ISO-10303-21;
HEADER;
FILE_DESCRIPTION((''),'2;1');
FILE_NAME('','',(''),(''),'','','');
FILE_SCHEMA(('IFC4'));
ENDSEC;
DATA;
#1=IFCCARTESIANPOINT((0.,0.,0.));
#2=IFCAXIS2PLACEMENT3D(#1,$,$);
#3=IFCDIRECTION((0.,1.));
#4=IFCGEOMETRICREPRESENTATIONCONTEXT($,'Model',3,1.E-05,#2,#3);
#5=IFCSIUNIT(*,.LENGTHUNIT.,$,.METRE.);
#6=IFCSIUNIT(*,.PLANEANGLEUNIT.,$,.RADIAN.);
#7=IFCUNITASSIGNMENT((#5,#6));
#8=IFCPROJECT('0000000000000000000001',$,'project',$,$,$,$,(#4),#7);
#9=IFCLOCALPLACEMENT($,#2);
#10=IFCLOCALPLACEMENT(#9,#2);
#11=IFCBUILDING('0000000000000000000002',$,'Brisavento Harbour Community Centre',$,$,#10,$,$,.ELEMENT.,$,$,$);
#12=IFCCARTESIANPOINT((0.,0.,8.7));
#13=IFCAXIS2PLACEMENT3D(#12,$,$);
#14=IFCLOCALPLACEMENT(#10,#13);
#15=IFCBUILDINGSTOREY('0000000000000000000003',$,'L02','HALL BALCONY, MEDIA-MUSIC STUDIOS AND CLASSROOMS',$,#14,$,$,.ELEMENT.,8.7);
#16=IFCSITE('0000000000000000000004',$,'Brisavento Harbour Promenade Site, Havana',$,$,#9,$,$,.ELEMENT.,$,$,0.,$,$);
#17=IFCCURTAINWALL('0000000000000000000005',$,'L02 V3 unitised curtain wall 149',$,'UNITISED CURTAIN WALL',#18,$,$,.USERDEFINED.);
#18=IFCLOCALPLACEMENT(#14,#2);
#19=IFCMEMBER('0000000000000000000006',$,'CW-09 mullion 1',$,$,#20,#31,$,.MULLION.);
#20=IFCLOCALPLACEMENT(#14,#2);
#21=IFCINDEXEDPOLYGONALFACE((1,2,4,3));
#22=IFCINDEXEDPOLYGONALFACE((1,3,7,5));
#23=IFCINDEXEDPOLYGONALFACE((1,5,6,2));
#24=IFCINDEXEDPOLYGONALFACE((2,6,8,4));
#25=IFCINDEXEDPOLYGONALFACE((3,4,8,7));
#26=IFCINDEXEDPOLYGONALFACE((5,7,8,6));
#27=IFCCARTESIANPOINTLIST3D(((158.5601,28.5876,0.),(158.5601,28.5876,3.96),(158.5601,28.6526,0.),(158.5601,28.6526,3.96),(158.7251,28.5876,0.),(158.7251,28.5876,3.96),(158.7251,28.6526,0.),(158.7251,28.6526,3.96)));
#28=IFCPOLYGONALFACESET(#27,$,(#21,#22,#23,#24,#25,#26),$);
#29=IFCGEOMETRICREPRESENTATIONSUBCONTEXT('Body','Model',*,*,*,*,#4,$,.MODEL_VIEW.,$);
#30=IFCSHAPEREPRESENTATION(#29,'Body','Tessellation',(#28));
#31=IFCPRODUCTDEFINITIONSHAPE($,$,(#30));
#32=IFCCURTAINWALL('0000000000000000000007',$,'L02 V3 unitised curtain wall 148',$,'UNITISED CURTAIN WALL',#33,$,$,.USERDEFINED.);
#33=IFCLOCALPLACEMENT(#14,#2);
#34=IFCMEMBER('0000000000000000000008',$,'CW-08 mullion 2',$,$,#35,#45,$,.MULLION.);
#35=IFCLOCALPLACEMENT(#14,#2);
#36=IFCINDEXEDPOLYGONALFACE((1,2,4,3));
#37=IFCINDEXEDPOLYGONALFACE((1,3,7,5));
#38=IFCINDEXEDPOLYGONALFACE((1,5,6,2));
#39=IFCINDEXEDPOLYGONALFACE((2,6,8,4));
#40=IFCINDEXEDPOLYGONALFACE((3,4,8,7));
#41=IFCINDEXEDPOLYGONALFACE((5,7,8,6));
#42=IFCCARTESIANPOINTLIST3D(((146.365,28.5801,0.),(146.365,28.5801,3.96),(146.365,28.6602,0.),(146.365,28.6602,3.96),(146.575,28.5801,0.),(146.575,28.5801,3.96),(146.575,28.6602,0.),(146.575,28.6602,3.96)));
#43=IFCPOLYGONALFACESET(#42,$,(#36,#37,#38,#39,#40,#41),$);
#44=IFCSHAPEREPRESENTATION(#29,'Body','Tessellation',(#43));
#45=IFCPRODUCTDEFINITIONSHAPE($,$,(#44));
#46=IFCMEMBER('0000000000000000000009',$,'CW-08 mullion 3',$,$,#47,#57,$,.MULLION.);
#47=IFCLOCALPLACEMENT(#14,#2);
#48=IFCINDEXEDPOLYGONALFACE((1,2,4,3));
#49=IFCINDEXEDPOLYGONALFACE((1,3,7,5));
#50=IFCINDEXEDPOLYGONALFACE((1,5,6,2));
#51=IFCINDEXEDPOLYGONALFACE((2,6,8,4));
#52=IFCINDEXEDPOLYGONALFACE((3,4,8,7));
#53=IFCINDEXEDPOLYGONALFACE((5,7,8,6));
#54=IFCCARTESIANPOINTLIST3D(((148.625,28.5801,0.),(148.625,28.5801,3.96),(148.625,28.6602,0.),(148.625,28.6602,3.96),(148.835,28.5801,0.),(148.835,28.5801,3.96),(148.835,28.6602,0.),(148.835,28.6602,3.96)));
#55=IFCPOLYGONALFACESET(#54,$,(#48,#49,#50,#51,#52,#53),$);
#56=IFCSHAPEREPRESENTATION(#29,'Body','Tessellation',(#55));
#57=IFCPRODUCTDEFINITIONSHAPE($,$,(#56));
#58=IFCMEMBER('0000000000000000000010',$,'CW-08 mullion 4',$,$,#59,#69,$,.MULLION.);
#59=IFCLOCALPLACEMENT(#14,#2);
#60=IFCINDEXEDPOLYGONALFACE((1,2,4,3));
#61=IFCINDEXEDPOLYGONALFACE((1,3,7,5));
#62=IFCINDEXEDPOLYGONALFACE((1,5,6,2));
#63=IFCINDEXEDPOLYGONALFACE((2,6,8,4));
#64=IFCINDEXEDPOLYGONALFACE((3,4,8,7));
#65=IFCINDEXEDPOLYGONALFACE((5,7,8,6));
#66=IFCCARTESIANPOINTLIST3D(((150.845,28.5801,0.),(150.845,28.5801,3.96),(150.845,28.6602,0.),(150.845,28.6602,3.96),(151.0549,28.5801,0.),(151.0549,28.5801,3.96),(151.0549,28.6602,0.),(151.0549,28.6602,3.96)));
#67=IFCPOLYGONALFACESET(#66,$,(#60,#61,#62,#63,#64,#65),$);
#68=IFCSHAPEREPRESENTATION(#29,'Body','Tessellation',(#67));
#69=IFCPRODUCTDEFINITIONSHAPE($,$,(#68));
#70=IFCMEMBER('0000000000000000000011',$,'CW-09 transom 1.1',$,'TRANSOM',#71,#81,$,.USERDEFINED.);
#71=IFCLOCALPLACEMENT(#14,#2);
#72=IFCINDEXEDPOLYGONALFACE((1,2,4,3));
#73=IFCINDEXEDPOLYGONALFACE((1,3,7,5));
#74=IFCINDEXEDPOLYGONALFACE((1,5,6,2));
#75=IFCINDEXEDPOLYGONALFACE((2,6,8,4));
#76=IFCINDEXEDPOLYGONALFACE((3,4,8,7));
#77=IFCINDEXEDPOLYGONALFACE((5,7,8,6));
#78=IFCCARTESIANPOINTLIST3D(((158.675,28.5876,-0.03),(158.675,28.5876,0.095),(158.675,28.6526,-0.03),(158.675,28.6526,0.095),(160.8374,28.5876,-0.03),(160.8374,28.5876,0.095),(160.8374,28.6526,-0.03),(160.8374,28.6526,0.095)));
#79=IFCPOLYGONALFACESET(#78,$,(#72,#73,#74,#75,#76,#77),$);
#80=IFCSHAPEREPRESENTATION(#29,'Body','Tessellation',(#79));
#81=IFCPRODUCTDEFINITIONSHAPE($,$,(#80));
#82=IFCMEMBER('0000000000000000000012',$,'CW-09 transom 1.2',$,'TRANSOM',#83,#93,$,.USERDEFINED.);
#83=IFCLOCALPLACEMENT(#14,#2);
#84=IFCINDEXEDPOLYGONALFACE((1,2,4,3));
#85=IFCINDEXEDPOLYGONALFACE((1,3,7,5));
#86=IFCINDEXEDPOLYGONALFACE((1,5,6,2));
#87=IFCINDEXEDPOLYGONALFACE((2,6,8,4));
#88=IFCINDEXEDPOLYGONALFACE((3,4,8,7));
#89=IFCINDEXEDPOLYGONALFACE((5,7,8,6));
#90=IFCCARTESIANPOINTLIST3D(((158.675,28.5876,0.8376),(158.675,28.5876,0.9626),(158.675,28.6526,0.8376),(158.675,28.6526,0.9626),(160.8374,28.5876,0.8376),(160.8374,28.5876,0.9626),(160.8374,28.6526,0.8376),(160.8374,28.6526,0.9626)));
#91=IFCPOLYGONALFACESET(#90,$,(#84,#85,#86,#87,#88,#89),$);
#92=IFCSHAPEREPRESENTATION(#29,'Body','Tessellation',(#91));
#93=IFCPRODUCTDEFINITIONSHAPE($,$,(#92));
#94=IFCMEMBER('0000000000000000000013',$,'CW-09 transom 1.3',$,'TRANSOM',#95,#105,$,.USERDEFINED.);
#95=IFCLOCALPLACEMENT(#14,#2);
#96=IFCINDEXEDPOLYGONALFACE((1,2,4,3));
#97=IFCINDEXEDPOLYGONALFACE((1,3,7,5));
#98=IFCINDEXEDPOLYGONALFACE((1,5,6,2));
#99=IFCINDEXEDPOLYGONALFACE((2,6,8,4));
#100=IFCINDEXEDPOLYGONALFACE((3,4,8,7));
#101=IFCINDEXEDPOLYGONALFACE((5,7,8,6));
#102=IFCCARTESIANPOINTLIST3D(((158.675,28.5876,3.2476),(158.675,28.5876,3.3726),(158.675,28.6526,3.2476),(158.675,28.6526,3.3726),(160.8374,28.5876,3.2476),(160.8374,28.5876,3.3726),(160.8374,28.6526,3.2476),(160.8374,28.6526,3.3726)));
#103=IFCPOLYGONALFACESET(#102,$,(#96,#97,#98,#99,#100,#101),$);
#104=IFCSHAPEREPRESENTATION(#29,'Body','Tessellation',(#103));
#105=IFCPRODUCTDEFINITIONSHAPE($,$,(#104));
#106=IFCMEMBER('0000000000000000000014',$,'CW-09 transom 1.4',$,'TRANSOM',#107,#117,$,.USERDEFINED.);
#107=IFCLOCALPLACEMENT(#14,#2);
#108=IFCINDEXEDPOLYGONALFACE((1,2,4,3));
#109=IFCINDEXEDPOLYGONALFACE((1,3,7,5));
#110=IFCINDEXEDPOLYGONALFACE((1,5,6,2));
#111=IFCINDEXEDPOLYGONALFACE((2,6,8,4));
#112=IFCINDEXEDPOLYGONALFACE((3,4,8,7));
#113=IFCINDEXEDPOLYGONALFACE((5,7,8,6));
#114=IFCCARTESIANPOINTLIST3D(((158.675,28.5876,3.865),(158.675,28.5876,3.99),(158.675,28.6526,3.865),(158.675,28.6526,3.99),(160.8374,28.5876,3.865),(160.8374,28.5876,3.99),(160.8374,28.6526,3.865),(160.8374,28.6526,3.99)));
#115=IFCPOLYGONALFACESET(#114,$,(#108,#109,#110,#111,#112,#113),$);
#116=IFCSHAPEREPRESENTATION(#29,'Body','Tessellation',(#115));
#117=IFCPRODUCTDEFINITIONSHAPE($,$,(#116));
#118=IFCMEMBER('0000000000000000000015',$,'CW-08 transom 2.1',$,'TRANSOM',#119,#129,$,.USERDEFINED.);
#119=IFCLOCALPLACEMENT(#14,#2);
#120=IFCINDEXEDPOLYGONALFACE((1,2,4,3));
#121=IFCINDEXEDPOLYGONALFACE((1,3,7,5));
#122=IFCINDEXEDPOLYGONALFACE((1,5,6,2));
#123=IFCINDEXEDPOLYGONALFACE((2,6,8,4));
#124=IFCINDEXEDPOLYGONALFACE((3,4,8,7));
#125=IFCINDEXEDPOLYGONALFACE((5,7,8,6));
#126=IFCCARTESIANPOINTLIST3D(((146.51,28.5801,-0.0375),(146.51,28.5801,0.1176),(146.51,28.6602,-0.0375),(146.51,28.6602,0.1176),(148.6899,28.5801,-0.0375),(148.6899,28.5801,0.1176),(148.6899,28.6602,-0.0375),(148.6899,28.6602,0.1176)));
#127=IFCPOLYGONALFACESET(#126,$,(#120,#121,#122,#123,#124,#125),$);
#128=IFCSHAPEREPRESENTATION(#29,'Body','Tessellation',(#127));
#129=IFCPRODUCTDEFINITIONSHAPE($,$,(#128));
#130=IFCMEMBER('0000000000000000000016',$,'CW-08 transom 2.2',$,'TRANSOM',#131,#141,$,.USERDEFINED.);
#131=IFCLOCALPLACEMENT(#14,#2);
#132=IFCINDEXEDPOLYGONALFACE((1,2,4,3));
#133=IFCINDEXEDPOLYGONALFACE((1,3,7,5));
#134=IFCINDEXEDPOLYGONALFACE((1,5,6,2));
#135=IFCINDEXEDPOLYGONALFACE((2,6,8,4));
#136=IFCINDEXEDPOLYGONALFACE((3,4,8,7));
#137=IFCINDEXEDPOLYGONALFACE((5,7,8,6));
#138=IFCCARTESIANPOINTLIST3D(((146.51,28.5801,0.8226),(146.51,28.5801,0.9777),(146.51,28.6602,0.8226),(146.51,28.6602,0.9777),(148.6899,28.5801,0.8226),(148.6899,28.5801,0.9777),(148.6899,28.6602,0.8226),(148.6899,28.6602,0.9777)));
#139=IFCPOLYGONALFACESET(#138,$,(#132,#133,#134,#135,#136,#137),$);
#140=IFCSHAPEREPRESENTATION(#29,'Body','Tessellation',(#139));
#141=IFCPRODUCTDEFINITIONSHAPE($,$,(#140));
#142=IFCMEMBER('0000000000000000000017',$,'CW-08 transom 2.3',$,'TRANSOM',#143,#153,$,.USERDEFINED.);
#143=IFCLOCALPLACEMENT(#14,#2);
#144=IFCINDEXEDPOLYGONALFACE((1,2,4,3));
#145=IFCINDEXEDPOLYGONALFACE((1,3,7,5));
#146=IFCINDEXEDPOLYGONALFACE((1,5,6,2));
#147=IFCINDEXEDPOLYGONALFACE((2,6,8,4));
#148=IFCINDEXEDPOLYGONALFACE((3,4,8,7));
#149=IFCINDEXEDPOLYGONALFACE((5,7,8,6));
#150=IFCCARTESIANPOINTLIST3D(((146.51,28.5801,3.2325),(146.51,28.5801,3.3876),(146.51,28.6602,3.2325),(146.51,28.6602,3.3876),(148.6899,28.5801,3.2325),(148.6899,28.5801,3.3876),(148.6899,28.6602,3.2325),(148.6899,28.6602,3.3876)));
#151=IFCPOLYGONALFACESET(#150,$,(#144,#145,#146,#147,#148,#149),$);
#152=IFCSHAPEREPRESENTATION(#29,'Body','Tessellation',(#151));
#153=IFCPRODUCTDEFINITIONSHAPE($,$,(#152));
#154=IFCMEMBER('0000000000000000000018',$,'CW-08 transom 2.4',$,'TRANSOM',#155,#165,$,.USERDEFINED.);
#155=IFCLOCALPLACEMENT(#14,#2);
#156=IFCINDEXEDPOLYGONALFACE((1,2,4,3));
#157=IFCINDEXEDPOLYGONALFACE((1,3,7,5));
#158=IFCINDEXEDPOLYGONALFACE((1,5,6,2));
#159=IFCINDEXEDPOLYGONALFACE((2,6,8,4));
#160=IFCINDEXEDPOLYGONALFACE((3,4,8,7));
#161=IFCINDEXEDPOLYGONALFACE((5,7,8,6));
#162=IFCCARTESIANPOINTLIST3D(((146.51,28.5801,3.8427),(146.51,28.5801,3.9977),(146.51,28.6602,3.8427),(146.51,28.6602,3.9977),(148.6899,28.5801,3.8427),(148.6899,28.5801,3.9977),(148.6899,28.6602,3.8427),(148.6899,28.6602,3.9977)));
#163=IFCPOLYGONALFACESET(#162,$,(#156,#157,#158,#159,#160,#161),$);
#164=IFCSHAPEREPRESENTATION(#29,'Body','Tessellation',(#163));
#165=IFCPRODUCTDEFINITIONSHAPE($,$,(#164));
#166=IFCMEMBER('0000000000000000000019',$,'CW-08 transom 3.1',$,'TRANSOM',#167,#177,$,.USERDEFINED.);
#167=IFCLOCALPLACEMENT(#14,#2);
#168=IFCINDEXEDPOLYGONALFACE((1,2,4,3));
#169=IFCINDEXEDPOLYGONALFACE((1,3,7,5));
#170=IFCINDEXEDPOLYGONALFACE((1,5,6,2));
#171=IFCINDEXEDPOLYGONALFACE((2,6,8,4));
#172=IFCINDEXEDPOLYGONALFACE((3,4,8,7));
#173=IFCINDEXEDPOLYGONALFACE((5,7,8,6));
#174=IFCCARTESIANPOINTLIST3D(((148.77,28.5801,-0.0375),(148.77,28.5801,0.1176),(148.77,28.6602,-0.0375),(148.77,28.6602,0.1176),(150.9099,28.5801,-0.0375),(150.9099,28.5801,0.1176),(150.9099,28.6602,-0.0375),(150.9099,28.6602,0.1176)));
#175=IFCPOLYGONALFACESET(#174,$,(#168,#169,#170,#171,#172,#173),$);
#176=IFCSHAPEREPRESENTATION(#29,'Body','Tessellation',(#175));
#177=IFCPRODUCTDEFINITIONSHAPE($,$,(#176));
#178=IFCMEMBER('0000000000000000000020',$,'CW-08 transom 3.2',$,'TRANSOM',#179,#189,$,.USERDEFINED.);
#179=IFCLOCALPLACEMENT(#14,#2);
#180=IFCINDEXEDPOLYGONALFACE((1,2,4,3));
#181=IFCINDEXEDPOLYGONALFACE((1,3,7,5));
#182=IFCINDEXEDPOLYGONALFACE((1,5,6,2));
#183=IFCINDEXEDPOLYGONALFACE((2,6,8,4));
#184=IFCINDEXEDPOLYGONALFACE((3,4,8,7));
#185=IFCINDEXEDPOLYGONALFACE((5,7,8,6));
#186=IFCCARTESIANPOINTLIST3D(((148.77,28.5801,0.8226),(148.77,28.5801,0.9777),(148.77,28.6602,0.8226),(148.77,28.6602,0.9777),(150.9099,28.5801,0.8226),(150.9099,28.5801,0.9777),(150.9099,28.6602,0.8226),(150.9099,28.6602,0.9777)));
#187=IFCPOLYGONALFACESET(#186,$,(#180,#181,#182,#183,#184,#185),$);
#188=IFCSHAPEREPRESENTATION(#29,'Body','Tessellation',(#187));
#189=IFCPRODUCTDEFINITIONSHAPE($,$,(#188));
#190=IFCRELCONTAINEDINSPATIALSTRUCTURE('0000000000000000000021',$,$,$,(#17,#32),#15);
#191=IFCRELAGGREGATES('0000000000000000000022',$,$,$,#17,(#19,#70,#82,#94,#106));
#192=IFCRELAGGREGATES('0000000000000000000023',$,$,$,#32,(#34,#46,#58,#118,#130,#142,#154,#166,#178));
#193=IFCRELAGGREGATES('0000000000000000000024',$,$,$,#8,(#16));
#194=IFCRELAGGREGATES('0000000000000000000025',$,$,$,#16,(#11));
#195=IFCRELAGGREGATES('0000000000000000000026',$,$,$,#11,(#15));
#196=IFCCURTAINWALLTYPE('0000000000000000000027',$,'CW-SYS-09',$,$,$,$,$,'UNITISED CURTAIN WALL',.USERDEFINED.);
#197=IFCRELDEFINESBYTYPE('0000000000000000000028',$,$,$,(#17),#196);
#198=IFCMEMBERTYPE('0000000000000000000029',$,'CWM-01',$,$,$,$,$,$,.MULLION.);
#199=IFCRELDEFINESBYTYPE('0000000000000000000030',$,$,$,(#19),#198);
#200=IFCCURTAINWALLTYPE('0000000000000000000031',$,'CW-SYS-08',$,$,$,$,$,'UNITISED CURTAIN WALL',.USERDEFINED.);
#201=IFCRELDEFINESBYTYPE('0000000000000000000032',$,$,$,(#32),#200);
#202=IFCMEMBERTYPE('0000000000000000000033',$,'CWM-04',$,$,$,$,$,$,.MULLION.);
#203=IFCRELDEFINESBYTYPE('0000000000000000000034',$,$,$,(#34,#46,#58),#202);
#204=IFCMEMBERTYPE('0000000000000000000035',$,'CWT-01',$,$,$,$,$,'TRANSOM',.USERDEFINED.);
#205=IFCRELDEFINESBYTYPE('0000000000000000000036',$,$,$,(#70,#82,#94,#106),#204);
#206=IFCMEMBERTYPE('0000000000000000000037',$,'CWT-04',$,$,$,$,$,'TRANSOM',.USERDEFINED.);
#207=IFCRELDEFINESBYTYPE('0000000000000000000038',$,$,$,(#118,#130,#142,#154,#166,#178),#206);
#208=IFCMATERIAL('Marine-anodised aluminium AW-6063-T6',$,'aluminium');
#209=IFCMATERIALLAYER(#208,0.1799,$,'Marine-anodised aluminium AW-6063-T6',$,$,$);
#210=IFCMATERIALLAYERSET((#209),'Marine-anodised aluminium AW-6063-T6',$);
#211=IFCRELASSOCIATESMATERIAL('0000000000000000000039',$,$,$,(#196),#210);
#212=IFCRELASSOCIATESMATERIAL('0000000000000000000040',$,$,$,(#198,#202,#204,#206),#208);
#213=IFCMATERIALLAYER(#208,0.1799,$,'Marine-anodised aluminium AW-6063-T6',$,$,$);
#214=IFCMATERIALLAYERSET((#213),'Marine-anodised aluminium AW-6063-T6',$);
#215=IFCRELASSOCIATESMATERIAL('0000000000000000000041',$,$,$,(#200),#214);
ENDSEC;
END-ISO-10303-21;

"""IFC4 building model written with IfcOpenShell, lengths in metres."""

from ifc_helpers import new_model, si_unit, direction, frame, origin, origin_2d, place, context, subcontext, project, spatial, rectangle, extrude, material, layer, layer_set, material_profile, profile_set, type_object, element, aggregate, save


model = new_model("IFC4")

# Units and contexts
model_context = context("Model", 3, precision=1e-05, world=origin(), true_north=direction((0.0, 1.0)))
body_context = subcontext(model_context, "Body", "Model", "MODEL_VIEW")
ifc_project = project(units=[si_unit("LENGTHUNIT", "METRE"), si_unit("PLANEANGLEUNIT", "RADIAN")], contexts=[model_context])

# Site, building, storey
site_placement = place(None, origin())
site = spatial("IfcSite", under=ifc_project, at=site_placement, Name="Brisavento Harbour Promenade Site, Havana", CompositionType="ELEMENT", RefElevation=0.0)
building_placement = place(site_placement, origin())
building = spatial("IfcBuilding", under=site, at=building_placement, Name="Brisavento Harbour Community Centre", CompositionType="ELEMENT")
storey_placement = place(building_placement, frame((0.0, 0.0, 8.7)))
storey = spatial("IfcBuildingStorey", under=building, at=storey_placement, Name="L02", Description="HALL BALCONY, MEDIA-MUSIC STUDIOS AND CLASSROOMS", CompositionType="ELEMENT", Elevation=8.7)

# Curtain wall, member
ifc_material_1 = material(Name="Marine-anodised aluminium AW-6063-T6", Category="aluminium")
ifc_layer_1 = layer(ifc_material_1, 0.1799, Name="Marine-anodised aluminium AW-6063-T6")
ifc_layer_set_1 = layer_set([ifc_layer_1], Name="Marine-anodised aluminium AW-6063-T6")
curtain_wall_type_1 = type_object("IfcCurtainWallType", Name="CW-SYS-09", ElementType="UNITISED CURTAIN WALL", PredefinedType="USERDEFINED", material=ifc_layer_set_1)
curtain_wall_1_placement = place(storey_placement, origin())
curtain_wall_1 = element("IfcCurtainWall", 1, at=curtain_wall_1_placement, inside=storey, type_object=curtain_wall_type_1, Name="L02 V3 unitised curtain wall 149", ObjectType="UNITISED CURTAIN WALL", PredefinedType="USERDEFINED")
ifc_material_profile_1 = material_profile(ifc_material_1, rectangle(XDim=0.0649, YDim=0.165, at=origin_2d()), Name="Marine-anodised aluminium AW-6063-T6")
ifc_profile_set_1 = profile_set([ifc_material_profile_1], Name="Marine-anodised aluminium AW-6063-T6")
member_type_1 = type_object("IfcMemberType", Name="CWM-01", PredefinedType="MULLION", material=ifc_profile_set_1)
member_1_placement = place(storey_placement, frame((158.6426, 28.6201, 0.0), z_axis=(0.0, 0.0, 1.0), x_axis=(0.0, 1.0, 0.0)))
member_1 = element("IfcMember", 2, at=member_1_placement, type_object=member_type_1, Name="CW-09 mullion 1", PredefinedType="MULLION", context=body_context, shape_type="SweptSolid", body=[
    extrude(rectangle(XDim=0.0649, YDim=0.165, at=origin_2d()), origin(), (0.0, 0.0, 1.0), 3.96),
])

# Curtain wall, members
ifc_layer_2 = layer(ifc_material_1, 0.1799, Name="Marine-anodised aluminium AW-6063-T6")
ifc_layer_set_2 = layer_set([ifc_layer_2], Name="Marine-anodised aluminium AW-6063-T6")
curtain_wall_type_2 = type_object("IfcCurtainWallType", Name="CW-SYS-08", ElementType="UNITISED CURTAIN WALL", PredefinedType="USERDEFINED", material=ifc_layer_set_2)
curtain_wall_2_placement = place(storey_placement, origin())
curtain_wall_2 = element("IfcCurtainWall", 3, at=curtain_wall_2_placement, inside=storey, type_object=curtain_wall_type_2, Name="L02 V3 unitised curtain wall 148", ObjectType="UNITISED CURTAIN WALL", PredefinedType="USERDEFINED")
ifc_material_profile_2 = material_profile(ifc_material_1, rectangle(XDim=0.0801, YDim=0.21, at=origin_2d()), Name="Marine-anodised aluminium AW-6063-T6")
ifc_profile_set_2 = profile_set([ifc_material_profile_2], Name="Marine-anodised aluminium AW-6063-T6")
member_type_2 = type_object("IfcMemberType", Name="CWM-04", PredefinedType="MULLION", material=ifc_profile_set_2)
member_2_placement = place(storey_placement, frame((146.47, 28.6201, 0.0), z_axis=(0.0, 0.0, 1.0), x_axis=(0.0, 1.0, 0.0)))
member_2 = element("IfcMember", 4, at=member_2_placement, type_object=member_type_2, Name="CW-08 mullion 2", PredefinedType="MULLION", context=body_context, shape_type="SweptSolid", body=[
    extrude(rectangle(XDim=0.0801, YDim=0.21, at=origin_2d()), origin(), (0.0, 0.0, 1.0), 3.96),
])
member_3_placement = place(storey_placement, frame((148.73, 28.6201, 0.0), z_axis=(0.0, 0.0, 1.0), x_axis=(0.0, 1.0, 0.0)))
member_3 = element("IfcMember", 5, at=member_3_placement, type_object=member_type_2, Name="CW-08 mullion 3", PredefinedType="MULLION", context=body_context, shape_type="SweptSolid", body=[
    extrude(rectangle(XDim=0.0801, YDim=0.21, at=origin_2d()), origin(), (0.0, 0.0, 1.0), 3.96),
])
member_4_placement = place(storey_placement, frame((150.95, 28.6201, 0.0), z_axis=(0.0, 0.0, 1.0), x_axis=(0.0, 1.0, 0.0)))
member_4 = element("IfcMember", 6, at=member_4_placement, type_object=member_type_2, Name="CW-08 mullion 4", PredefinedType="MULLION", context=body_context, shape_type="SweptSolid", body=[
    extrude(rectangle(XDim=0.0801, YDim=0.21, at=origin_2d()), origin(), (0.0, 0.0, 1.0), 3.96),
])

# Members
ifc_material_profile_3 = material_profile(ifc_material_1, rectangle(XDim=0.0649, YDim=0.125, at=origin_2d()), Name="Marine-anodised aluminium AW-6063-T6")
ifc_profile_set_3 = profile_set([ifc_material_profile_3], Name="Marine-anodised aluminium AW-6063-T6")
member_type_3 = type_object("IfcMemberType", Name="CWT-01", ElementType="TRANSOM", PredefinedType="USERDEFINED", material=ifc_profile_set_3)
member_5_placement = place(storey_placement, frame((158.675, 28.6201, 0.0325), z_axis=(1.0, 0.0, 0.0), x_axis=(0.0, 1.0, 0.0)))
member_5 = element("IfcMember", 7, at=member_5_placement, type_object=member_type_3, Name="CW-09 transom 1.1", ObjectType="TRANSOM", PredefinedType="USERDEFINED", context=body_context, shape_type="SweptSolid", body=[
    extrude(rectangle(XDim=0.0649, YDim=0.125, at=origin_2d()), origin(), (0.0, 0.0, 1.0), 2.1624),
])
member_6_placement = place(storey_placement, frame((158.675, 28.6201, 0.9001), z_axis=(1.0, 0.0, 0.0), x_axis=(0.0, 1.0, 0.0)))
member_6 = element("IfcMember", 8, at=member_6_placement, type_object=member_type_3, Name="CW-09 transom 1.2", ObjectType="TRANSOM", PredefinedType="USERDEFINED", context=body_context, shape_type="SweptSolid", body=[
    extrude(rectangle(XDim=0.0649, YDim=0.125, at=origin_2d()), origin(), (0.0, 0.0, 1.0), 2.1624),
])
member_7_placement = place(storey_placement, frame((158.675, 28.6201, 3.3101), z_axis=(1.0, 0.0, 0.0), x_axis=(0.0, 1.0, 0.0)))
member_7 = element("IfcMember", 9, at=member_7_placement, type_object=member_type_3, Name="CW-09 transom 1.3", ObjectType="TRANSOM", PredefinedType="USERDEFINED", context=body_context, shape_type="SweptSolid", body=[
    extrude(rectangle(XDim=0.0649, YDim=0.125, at=origin_2d()), origin(), (0.0, 0.0, 1.0), 2.1624),
])
member_8_placement = place(storey_placement, frame((158.675, 28.6201, 3.9275), z_axis=(1.0, 0.0, 0.0), x_axis=(0.0, 1.0, 0.0)))
member_8 = element("IfcMember", 10, at=member_8_placement, type_object=member_type_3, Name="CW-09 transom 1.4", ObjectType="TRANSOM", PredefinedType="USERDEFINED", context=body_context, shape_type="SweptSolid", body=[
    extrude(rectangle(XDim=0.0649, YDim=0.125, at=origin_2d()), origin(), (0.0, 0.0, 1.0), 2.1624),
])
aggregate(curtain_wall_1, [member_1, member_5, member_6, member_7, member_8])
ifc_material_profile_4 = material_profile(ifc_material_1, rectangle(XDim=0.0801, YDim=0.155, at=origin_2d()), Name="Marine-anodised aluminium AW-6063-T6")
ifc_profile_set_4 = profile_set([ifc_material_profile_4], Name="Marine-anodised aluminium AW-6063-T6")
member_type_4 = type_object("IfcMemberType", Name="CWT-04", ElementType="TRANSOM", PredefinedType="USERDEFINED", material=ifc_profile_set_4)
member_9_placement = place(storey_placement, frame((146.51, 28.6201, 0.04), z_axis=(1.0, 0.0, 0.0), x_axis=(0.0, 1.0, 0.0)))
member_9 = element("IfcMember", 11, at=member_9_placement, type_object=member_type_4, Name="CW-08 transom 2.1", ObjectType="TRANSOM", PredefinedType="USERDEFINED", context=body_context, shape_type="SweptSolid", body=[
    extrude(rectangle(XDim=0.0801, YDim=0.155, at=origin_2d()), origin(), (0.0, 0.0, 1.0), 2.1799),
])
member_10_placement = place(storey_placement, frame((146.51, 28.6201, 0.9001), z_axis=(1.0, 0.0, 0.0), x_axis=(0.0, 1.0, 0.0)))
member_10 = element("IfcMember", 12, at=member_10_placement, type_object=member_type_4, Name="CW-08 transom 2.2", ObjectType="TRANSOM", PredefinedType="USERDEFINED", context=body_context, shape_type="SweptSolid", body=[
    extrude(rectangle(XDim=0.0801, YDim=0.155, at=origin_2d()), origin(), (0.0, 0.0, 1.0), 2.1799),
])
member_11_placement = place(storey_placement, frame((146.51, 28.6201, 3.3101), z_axis=(1.0, 0.0, 0.0), x_axis=(0.0, 1.0, 0.0)))
member_11 = element("IfcMember", 13, at=member_11_placement, type_object=member_type_4, Name="CW-08 transom 2.3", ObjectType="TRANSOM", PredefinedType="USERDEFINED", context=body_context, shape_type="SweptSolid", body=[
    extrude(rectangle(XDim=0.0801, YDim=0.155, at=origin_2d()), origin(), (0.0, 0.0, 1.0), 2.1799),
])
member_12_placement = place(storey_placement, frame((146.51, 28.6201, 3.9202), z_axis=(1.0, 0.0, 0.0), x_axis=(0.0, 1.0, 0.0)))
member_12 = element("IfcMember", 14, at=member_12_placement, type_object=member_type_4, Name="CW-08 transom 2.4", ObjectType="TRANSOM", PredefinedType="USERDEFINED", context=body_context, shape_type="SweptSolid", body=[
    extrude(rectangle(XDim=0.0801, YDim=0.155, at=origin_2d()), origin(), (0.0, 0.0, 1.0), 2.1799),
])
member_13_placement = place(storey_placement, frame((148.77, 28.6201, 0.04), z_axis=(1.0, 0.0, 0.0), x_axis=(0.0, 1.0, 0.0)))
member_13 = element("IfcMember", 15, at=member_13_placement, type_object=member_type_4, Name="CW-08 transom 3.1", ObjectType="TRANSOM", PredefinedType="USERDEFINED", context=body_context, shape_type="SweptSolid", body=[
    extrude(rectangle(XDim=0.0801, YDim=0.155, at=origin_2d()), origin(), (0.0, 0.0, 1.0), 2.1399),
])
member_14_placement = place(storey_placement, frame((148.77, 28.6201, 0.9001), z_axis=(1.0, 0.0, 0.0), x_axis=(0.0, 1.0, 0.0)))
member_14 = element("IfcMember", 16, at=member_14_placement, type_object=member_type_4, Name="CW-08 transom 3.2", ObjectType="TRANSOM", PredefinedType="USERDEFINED", context=body_context, shape_type="SweptSolid", body=[
    extrude(rectangle(XDim=0.0801, YDim=0.155, at=origin_2d()), origin(), (0.0, 0.0, 1.0), 2.1399),
])

aggregate(curtain_wall_2, [member_2, member_3, member_4, member_9, member_10, member_11, member_12, member_13, member_14])

save(model, "model.ifc")
